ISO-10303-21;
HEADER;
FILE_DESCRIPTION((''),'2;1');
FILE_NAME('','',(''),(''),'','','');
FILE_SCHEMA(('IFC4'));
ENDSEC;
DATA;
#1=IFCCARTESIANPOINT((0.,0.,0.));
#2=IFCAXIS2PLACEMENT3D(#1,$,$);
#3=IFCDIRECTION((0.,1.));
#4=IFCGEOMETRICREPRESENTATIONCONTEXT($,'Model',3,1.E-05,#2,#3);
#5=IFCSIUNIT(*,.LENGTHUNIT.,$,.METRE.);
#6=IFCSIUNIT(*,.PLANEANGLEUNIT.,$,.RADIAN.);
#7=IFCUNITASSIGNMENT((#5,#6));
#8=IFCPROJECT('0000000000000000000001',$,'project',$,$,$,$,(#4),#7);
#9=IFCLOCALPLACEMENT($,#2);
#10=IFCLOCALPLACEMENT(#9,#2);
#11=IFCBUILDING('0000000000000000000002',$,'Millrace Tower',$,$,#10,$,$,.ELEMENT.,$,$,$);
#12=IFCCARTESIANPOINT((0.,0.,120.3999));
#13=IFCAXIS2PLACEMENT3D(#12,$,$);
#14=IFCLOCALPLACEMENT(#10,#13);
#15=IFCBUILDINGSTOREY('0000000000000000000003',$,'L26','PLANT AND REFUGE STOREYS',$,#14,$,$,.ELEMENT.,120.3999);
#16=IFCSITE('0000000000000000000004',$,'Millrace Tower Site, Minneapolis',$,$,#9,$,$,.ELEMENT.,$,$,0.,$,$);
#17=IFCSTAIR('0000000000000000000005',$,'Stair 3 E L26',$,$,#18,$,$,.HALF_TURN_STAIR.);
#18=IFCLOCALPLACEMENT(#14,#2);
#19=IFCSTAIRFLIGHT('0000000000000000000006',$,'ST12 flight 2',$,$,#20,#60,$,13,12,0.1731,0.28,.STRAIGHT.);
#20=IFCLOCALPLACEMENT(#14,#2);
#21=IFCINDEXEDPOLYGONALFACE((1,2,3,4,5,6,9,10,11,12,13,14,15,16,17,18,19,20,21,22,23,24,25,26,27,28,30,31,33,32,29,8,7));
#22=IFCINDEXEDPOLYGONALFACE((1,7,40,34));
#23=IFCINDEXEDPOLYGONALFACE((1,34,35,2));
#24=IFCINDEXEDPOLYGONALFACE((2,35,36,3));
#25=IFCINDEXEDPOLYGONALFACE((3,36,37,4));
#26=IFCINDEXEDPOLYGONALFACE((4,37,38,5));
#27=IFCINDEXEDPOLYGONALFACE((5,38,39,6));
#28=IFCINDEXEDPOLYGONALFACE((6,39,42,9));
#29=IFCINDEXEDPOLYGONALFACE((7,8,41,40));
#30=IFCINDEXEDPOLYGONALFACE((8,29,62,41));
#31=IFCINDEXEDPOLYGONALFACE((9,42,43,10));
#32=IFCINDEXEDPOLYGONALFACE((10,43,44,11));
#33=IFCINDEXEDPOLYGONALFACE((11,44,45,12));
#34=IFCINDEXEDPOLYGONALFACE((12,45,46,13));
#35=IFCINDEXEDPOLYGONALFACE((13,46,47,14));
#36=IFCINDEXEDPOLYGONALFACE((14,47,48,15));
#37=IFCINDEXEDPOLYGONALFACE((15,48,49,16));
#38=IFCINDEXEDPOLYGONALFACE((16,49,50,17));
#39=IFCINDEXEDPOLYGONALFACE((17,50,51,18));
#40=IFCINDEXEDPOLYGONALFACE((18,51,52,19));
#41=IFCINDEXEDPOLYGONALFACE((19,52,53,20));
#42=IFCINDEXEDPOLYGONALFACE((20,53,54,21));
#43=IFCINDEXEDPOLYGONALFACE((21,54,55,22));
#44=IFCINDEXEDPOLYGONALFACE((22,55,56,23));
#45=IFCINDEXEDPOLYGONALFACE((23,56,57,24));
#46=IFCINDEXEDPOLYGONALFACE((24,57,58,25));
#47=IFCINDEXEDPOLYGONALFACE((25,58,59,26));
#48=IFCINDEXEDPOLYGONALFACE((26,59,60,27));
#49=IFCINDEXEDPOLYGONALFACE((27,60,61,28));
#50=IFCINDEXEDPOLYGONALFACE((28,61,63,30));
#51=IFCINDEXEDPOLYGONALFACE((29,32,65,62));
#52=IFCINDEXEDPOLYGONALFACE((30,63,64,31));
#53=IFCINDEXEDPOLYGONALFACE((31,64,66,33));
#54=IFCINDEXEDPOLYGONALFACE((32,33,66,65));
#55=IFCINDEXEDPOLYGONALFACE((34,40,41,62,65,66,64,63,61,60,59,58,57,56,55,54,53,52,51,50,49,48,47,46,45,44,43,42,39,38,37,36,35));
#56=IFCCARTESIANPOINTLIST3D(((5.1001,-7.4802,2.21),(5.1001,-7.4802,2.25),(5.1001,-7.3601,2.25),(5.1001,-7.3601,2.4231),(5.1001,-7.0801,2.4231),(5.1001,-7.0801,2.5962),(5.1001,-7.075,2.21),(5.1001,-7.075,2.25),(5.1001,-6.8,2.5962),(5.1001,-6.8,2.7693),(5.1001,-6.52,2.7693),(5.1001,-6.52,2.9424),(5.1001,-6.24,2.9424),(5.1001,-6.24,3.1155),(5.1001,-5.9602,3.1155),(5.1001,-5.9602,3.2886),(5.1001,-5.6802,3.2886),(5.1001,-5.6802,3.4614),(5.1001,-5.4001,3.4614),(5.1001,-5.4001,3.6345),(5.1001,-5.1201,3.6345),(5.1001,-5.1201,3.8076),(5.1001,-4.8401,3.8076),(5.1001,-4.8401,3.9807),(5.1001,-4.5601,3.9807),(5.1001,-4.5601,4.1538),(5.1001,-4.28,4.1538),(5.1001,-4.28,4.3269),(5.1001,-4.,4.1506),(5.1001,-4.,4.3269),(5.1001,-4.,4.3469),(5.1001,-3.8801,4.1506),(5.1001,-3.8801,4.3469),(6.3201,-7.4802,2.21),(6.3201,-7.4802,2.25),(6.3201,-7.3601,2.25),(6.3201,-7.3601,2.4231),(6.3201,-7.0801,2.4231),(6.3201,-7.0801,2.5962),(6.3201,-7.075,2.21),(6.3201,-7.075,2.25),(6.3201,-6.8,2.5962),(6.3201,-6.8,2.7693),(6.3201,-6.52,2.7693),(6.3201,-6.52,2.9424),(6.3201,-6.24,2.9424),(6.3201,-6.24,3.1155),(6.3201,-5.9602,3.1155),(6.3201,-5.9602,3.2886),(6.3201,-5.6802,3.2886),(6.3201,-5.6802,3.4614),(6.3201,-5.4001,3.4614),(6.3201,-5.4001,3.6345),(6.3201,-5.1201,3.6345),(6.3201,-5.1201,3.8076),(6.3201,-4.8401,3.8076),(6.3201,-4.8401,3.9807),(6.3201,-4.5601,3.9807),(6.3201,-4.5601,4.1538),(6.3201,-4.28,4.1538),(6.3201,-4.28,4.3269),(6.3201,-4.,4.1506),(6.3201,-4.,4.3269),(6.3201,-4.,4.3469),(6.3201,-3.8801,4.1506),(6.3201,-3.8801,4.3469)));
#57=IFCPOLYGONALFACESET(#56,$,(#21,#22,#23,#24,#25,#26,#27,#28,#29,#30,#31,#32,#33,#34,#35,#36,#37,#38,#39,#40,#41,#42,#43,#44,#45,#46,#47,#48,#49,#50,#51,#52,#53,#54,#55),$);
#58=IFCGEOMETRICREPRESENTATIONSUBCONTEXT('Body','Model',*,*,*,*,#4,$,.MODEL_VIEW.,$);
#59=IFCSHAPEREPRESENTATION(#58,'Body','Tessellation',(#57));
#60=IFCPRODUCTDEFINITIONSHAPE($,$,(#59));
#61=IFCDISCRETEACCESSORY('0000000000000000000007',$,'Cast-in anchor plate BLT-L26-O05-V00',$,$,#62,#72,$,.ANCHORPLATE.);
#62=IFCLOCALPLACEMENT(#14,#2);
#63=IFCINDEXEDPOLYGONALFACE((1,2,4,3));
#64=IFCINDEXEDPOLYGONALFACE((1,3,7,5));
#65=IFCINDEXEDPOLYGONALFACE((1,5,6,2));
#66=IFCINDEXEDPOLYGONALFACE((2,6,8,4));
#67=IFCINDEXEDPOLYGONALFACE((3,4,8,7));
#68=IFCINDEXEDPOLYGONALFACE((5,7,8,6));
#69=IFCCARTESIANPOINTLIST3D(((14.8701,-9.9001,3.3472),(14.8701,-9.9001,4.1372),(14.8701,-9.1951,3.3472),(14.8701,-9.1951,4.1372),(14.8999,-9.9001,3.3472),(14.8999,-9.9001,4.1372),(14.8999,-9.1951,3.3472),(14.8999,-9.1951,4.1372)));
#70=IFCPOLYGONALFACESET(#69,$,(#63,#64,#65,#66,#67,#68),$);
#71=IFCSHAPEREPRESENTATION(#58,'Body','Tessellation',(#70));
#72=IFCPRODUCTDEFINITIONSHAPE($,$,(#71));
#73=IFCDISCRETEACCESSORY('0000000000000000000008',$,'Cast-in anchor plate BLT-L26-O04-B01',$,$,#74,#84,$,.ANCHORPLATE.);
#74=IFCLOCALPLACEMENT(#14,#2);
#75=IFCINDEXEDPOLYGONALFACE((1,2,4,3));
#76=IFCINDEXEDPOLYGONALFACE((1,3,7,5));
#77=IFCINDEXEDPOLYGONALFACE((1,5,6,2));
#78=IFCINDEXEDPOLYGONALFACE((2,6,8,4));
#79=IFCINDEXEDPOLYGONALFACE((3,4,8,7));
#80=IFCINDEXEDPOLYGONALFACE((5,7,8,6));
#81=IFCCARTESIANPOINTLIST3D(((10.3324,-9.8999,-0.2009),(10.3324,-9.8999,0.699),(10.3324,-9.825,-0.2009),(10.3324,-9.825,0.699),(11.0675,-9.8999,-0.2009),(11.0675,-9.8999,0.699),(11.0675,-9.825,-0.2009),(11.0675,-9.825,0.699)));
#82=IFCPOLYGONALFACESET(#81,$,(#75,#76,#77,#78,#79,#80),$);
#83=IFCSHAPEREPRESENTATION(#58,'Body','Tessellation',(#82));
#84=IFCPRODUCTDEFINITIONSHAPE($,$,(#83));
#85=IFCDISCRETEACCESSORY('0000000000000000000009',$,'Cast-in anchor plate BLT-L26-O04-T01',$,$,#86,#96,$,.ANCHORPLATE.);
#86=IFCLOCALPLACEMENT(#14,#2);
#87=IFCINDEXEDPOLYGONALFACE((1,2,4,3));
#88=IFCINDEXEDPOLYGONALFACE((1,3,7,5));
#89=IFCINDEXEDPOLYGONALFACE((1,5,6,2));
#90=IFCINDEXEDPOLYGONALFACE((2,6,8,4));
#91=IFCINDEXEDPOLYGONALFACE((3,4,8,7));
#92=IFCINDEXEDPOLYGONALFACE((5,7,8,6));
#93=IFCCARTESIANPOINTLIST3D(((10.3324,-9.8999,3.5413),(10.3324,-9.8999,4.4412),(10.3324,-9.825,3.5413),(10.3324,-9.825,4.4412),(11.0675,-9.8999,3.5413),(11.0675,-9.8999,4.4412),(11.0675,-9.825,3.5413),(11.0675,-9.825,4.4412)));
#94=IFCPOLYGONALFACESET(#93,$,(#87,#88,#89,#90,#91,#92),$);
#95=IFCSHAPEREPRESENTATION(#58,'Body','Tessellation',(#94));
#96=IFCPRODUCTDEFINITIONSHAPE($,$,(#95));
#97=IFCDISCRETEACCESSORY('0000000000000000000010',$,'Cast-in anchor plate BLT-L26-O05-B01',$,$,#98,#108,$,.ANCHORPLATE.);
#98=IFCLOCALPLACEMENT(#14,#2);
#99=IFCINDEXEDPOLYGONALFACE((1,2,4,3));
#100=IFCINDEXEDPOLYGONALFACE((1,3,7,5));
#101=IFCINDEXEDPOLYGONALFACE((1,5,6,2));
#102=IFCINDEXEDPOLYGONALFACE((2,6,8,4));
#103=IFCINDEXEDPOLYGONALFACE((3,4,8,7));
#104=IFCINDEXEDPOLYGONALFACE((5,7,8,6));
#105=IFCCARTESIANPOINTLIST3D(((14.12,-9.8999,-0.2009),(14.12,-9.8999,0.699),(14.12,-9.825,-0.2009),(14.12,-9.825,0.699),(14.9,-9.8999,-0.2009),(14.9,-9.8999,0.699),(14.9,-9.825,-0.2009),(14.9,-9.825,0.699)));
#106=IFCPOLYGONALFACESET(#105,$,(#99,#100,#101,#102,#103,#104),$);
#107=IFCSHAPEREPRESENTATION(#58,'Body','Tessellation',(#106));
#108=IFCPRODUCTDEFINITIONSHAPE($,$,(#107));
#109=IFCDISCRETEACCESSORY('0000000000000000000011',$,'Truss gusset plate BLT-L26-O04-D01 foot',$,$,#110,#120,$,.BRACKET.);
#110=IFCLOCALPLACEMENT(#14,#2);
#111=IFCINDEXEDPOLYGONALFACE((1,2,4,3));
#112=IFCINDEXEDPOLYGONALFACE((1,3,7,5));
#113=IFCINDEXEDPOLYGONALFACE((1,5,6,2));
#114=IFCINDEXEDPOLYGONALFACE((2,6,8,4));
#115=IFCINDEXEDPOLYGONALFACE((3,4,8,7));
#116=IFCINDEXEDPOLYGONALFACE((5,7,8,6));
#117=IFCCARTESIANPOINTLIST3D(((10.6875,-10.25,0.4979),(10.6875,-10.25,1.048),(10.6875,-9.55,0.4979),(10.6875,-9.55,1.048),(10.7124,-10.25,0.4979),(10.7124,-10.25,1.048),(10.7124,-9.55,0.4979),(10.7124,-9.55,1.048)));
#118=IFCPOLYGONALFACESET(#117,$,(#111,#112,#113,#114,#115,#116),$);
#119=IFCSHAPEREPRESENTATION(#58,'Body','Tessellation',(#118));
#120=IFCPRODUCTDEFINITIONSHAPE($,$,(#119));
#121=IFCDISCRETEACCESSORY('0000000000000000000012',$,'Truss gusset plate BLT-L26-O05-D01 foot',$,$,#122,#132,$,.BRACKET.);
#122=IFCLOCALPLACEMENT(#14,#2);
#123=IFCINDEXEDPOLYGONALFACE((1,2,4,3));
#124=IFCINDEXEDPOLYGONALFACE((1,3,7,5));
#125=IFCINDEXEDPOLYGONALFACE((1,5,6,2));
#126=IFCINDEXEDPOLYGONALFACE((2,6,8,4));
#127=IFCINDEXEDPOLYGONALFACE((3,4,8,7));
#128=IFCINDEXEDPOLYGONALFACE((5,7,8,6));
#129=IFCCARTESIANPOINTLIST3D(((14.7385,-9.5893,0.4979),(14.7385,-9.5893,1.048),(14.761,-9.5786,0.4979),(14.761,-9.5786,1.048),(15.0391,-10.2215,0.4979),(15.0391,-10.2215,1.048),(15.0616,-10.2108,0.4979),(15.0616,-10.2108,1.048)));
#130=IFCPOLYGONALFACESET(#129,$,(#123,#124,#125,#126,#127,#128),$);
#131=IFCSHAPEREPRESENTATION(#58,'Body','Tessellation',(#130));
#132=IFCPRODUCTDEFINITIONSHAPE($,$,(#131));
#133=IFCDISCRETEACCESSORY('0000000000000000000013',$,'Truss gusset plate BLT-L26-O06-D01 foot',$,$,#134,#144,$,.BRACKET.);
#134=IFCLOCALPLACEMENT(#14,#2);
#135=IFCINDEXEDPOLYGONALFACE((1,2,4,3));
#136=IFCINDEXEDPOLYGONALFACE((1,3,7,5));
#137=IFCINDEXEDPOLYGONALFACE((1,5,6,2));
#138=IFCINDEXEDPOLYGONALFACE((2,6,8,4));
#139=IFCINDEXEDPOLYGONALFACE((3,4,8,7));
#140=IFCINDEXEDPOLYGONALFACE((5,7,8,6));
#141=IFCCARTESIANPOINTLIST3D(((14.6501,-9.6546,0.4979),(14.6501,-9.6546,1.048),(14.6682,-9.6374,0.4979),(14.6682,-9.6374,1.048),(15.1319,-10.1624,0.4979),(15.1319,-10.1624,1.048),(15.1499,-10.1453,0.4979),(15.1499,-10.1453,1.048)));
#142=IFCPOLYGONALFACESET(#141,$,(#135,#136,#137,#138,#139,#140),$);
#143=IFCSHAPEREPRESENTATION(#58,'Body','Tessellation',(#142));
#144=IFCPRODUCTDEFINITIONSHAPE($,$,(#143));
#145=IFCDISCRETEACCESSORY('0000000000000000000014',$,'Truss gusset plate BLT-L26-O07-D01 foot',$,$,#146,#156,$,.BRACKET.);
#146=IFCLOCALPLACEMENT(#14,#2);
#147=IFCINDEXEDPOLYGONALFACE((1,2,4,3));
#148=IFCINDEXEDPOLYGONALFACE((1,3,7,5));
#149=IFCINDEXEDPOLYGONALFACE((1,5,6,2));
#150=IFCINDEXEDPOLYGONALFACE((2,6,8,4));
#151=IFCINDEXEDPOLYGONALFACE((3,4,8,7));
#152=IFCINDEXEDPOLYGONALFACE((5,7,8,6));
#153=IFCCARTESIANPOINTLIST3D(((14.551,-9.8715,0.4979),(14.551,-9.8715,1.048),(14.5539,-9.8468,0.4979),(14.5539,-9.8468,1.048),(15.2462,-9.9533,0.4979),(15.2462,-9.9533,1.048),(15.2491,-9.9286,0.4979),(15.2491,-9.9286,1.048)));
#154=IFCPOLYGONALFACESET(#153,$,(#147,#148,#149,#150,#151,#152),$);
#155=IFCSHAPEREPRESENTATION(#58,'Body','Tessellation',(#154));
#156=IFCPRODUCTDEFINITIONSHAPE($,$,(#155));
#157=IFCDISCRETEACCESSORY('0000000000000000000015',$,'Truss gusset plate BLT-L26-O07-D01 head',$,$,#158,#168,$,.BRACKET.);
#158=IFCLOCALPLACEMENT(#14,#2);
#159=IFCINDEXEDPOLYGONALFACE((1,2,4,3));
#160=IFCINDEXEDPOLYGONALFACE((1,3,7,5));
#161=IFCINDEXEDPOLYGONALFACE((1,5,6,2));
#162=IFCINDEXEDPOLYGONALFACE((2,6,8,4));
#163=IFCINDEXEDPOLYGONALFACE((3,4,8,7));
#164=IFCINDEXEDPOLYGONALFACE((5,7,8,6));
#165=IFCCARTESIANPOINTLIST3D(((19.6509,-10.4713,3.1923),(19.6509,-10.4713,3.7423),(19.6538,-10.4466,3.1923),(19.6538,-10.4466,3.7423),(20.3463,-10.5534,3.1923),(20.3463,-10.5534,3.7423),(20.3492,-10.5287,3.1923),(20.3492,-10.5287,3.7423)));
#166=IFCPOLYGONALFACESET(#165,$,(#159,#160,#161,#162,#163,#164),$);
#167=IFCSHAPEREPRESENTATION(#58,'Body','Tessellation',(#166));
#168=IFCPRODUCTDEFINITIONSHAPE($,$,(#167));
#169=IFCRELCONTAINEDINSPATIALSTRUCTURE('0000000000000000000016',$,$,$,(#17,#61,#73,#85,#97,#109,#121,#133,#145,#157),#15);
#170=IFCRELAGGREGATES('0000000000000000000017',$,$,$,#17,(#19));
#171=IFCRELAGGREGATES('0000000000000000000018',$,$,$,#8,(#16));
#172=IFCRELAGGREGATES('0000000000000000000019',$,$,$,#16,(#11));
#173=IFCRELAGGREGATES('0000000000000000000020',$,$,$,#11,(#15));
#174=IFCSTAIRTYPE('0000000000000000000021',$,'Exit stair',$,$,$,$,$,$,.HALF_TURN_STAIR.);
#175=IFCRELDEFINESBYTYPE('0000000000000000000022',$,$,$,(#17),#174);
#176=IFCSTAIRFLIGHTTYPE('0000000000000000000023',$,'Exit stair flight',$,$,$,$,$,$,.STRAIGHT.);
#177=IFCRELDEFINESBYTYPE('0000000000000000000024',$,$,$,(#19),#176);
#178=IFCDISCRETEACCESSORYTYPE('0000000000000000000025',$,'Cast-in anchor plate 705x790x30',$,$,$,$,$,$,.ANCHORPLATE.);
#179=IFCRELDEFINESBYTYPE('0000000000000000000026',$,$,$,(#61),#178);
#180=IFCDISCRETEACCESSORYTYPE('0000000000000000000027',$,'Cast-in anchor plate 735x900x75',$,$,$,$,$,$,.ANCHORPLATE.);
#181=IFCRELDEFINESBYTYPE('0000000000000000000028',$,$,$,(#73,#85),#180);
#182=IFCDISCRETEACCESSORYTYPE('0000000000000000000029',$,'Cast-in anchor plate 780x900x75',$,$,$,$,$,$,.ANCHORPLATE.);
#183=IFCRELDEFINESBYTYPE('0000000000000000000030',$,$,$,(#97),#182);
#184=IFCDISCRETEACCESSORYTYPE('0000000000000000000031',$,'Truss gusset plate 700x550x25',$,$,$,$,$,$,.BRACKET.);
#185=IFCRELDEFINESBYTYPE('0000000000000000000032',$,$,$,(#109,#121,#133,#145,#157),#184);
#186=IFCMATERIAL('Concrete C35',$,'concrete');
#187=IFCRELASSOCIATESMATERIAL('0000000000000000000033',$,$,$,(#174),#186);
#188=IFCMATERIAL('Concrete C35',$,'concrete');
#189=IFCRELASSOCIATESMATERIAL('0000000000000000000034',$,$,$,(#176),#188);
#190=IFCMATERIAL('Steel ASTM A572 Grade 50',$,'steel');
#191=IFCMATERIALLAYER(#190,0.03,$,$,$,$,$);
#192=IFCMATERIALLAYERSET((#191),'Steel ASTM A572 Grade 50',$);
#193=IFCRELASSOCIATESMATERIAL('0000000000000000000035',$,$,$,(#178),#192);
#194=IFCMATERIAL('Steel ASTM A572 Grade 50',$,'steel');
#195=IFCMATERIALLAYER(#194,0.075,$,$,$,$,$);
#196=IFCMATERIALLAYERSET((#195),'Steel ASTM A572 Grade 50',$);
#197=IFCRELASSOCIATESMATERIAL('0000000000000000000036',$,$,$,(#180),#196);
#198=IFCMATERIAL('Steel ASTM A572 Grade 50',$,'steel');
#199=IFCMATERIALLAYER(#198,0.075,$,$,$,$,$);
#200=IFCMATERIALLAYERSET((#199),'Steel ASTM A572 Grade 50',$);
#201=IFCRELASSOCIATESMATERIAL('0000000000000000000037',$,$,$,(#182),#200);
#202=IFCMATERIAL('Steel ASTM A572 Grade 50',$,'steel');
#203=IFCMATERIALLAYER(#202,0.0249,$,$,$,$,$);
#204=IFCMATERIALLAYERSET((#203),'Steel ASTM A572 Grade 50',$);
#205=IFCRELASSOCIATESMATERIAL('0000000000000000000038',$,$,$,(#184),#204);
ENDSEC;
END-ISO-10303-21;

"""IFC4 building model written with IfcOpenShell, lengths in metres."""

from ifc_helpers import new_model, si_unit, direction, frame, origin, origin_2d, place, context, subcontext, project, spatial, polyline, rectangle, outline, extrude, material, layer, layer_set, type_object, element, aggregate, save


model = new_model("IFC4")

# Units and contexts
model_context = context("Model", 3, precision=1e-05, world=origin(), true_north=direction((0.0, 1.0)))
body_context = subcontext(model_context, "Body", "Model", "MODEL_VIEW")
ifc_project = project(units=[si_unit("LENGTHUNIT", "METRE"), si_unit("PLANEANGLEUNIT", "RADIAN")], contexts=[model_context])

# Site, building, storey
site_placement = place(None, origin())
site = spatial("IfcSite", under=ifc_project, at=site_placement, Name="Millrace Tower Site, Minneapolis", CompositionType="ELEMENT", RefElevation=0.0)
building_placement = place(site_placement, origin())
building = spatial("IfcBuilding", under=site, at=building_placement, Name="Millrace Tower", CompositionType="ELEMENT")
storey_placement = place(building_placement, frame((0.0, 0.0, 120.3999)))
storey = spatial("IfcBuildingStorey", under=building, at=storey_placement, Name="L26", Description="PLANT AND REFUGE STOREYS", CompositionType="ELEMENT", Elevation=120.3999)

# Shared definitions
ifc_material_1 = material(Name="Concrete C35", Category="concrete")
stair_type = type_object("IfcStairType", Name="Exit stair", PredefinedType="HALF_TURN_STAIR", material=ifc_material_1)
placement = place(storey_placement, origin())
ifc_material_2 = material(Name="Concrete C35", Category="concrete")
stair_flight_type = type_object("IfcStairFlightType", Name="Exit stair flight", PredefinedType="STRAIGHT", material=ifc_material_2)

# Stair, stair flight
stair_1 = element("IfcStair", 1, at=placement, inside=storey, type_object=stair_type, Name="Stair 3 E L26", PredefinedType="HALF_TURN_STAIR")
stair_flight_1_placement = place(storey_placement, frame((5.71, -7.3601, 2.25), z_axis=(0.0, 0.0, 1.0), x_axis=(0.0, 1.0, 0.0)))
stair_flight_1 = element("IfcStairFlight", 2, at=stair_flight_1_placement, type_object=stair_flight_type, Name="ST12 flight 2", NumberOfRisers=13, NumberOfTreads=12, PredefinedType="STRAIGHT", RiserHeight=0.1731, TreadLength=0.28, context=body_context, shape_type="SweptSolid", body=[
    extrude(outline(polyline([(-0.1201, -0.04), (-0.1201, 0.0), (0.0, 0.0), (0.0, 0.1731), (0.28, 0.1731), (0.28, 0.3462), (0.5601, 0.3462), (0.5601, 0.5193), (0.8401, 0.5193), (0.8401, 0.6924), (1.1201, 0.6924), (1.1201, 0.8655), (1.3999, 0.8655), (1.3999, 1.0386), (1.6799, 1.0386), (1.6799, 1.2114), (1.96, 1.2114), (1.96, 1.3845), (2.24, 1.3845), (2.24, 1.5576), (2.52, 1.5576), (2.52, 1.7307), (2.8, 1.7307), (2.8, 1.9038), (3.0801, 1.9038), (3.0801, 2.0769), (3.3601, 2.0769), (3.3601, 2.0969), (3.48, 2.0969), (3.48, 1.9006), (3.3601, 1.9006), (0.2852, 0.0), (0.2852, -0.04), (-0.1201, -0.04)])), frame((0.0, 0.6099, 0.0), z_axis=(0.0, -1.0, 0.0), x_axis=(1.0, 0.0, 0.0)), (0.0, 0.0, 1.0), 1.22),
])
aggregate(stair_1, [stair_flight_1])

# Discrete accessories
ifc_material_3 = material(Name="Steel ASTM A572 Grade 50", Category="steel")
ifc_layer_1 = layer(ifc_material_3, 0.03)
ifc_layer_set_1 = layer_set([ifc_layer_1], Name="Steel ASTM A572 Grade 50")
discrete_accessory_type_1 = type_object("IfcDiscreteAccessoryType", Name="Cast-in anchor plate 705x790x30", PredefinedType="ANCHORPLATE", material=ifc_layer_set_1)
discrete_accessory_1_placement = place(storey_placement, frame((14.8701, -9.5476, 3.7422), z_axis=(1.0, 0.0, 0.0), x_axis=(0.0, 1.0, 0.0)))
element("IfcDiscreteAccessory", 3, at=discrete_accessory_1_placement, inside=storey, type_object=discrete_accessory_type_1, Name="Cast-in anchor plate BLT-L26-O05-V00", PredefinedType="ANCHORPLATE", context=body_context, shape_type="SweptSolid", body=[
    extrude(rectangle(XDim=0.7051, YDim=0.79, at=origin_2d()), origin(), (0.0, 0.0, 1.0), 0.0298),
])
ifc_material_4 = material(Name="Steel ASTM A572 Grade 50", Category="steel")
ifc_layer_2 = layer(ifc_material_4, 0.075)
ifc_layer_set_2 = layer_set([ifc_layer_2], Name="Steel ASTM A572 Grade 50")
discrete_accessory_type_2 = type_object("IfcDiscreteAccessoryType", Name="Cast-in anchor plate 735x900x75", PredefinedType="ANCHORPLATE", material=ifc_layer_set_2)
for number, where, z_axis, x_axis, name in (
    (4, (10.7, -9.825, 0.249), (0.0, -1.0, 0.0), (1.0, 0.0, 0.0), "Cast-in anchor plate BLT-L26-O04-B01"),
    (5, (10.7, -9.825, 3.9912), (0.0, -1.0, 0.0), (1.0, 0.0, 0.0), "Cast-in anchor plate BLT-L26-O04-T01"),
):
    element("IfcDiscreteAccessory", number, at=place(storey_placement, frame(where, z_axis=z_axis, x_axis=x_axis)), inside=storey, type_object=discrete_accessory_type_2, Name=name, PredefinedType="ANCHORPLATE", context=body_context, shape_type="SweptSolid", body=[
        extrude(rectangle(XDim=0.7351, YDim=0.8999, at=origin_2d()), origin(), (0.0, 0.0, 1.0), 0.075),
    ])
ifc_material_5 = material(Name="Steel ASTM A572 Grade 50", Category="steel")
ifc_layer_3 = layer(ifc_material_5, 0.075)
ifc_layer_set_3 = layer_set([ifc_layer_3], Name="Steel ASTM A572 Grade 50")
discrete_accessory_type_3 = type_object("IfcDiscreteAccessoryType", Name="Cast-in anchor plate 780x900x75", PredefinedType="ANCHORPLATE", material=ifc_layer_set_3)
discrete_accessory_2_placement = place(storey_placement, frame((14.51, -9.825, 0.249), z_axis=(0.0, -1.0, 0.0), x_axis=(1.0, 0.0, 0.0)))
element("IfcDiscreteAccessory", 6, at=discrete_accessory_2_placement, inside=storey, type_object=discrete_accessory_type_3, Name="Cast-in anchor plate BLT-L26-O05-B01", PredefinedType="ANCHORPLATE", context=body_context, shape_type="SweptSolid", body=[
    extrude(rectangle(XDim=0.78, YDim=0.8999, at=origin_2d()), origin(), (0.0, 0.0, 1.0), 0.075),
])
ifc_material_6 = material(Name="Steel ASTM A572 Grade 50", Category="steel")
ifc_layer_4 = layer(ifc_material_6, 0.0249)
ifc_layer_set_4 = layer_set([ifc_layer_4], Name="Steel ASTM A572 Grade 50")
discrete_accessory_type_4 = type_object("IfcDiscreteAccessoryType", Name="Truss gusset plate 700x550x25", PredefinedType="BRACKET", material=ifc_layer_set_4)
for number, where, z_axis, x_axis, name in (
    (7, (10.7, -10.25, 0.7729), (0.0, 1.0, 0.0), (-1.0, 0.0, 0.0), "Truss gusset plate BLT-L26-O04-D01 foot"),
    (8, (14.7498, -9.584, 0.7729), (0.429405, -0.903112, 0.0), (0.903112, 0.429405, 0.0), "Truss gusset plate BLT-L26-O05-D01 foot"),
    (9, (14.6592, -9.646, 0.7729), (0.688199, -0.725522, 0.0), (0.725522, 0.688199, 0.0), "Truss gusset plate BLT-L26-O06-D01 foot"),
    (10, (14.5525, -9.8591, 0.7729), (0.993148, -0.116861, 0.0), (0.116861, 0.993148, 0.0), "Truss gusset plate BLT-L26-O07-D01 foot"),
):
    element("IfcDiscreteAccessory", number, at=place(storey_placement, frame(where, z_axis=z_axis, x_axis=x_axis)), inside=storey, type_object=discrete_accessory_type_4, Name=name, PredefinedType="BRACKET", context=body_context, shape_type="SweptSolid", body=[
        extrude(rectangle(XDim=0.0249, YDim=0.55, at=origin_2d()), origin(), (0.0, 0.0, 1.0), 0.7),
    ])
discrete_accessory_3_placement = place(storey_placement, frame((19.6523, -10.459, 3.4673), z_axis=(0.993112, -0.117165, 0.0), x_axis=(0.117165, 0.993112, 0.0)))
element("IfcDiscreteAccessory", 11, at=discrete_accessory_3_placement, inside=storey, type_object=discrete_accessory_type_4, Name="Truss gusset plate BLT-L26-O07-D01 head", PredefinedType="BRACKET", context=body_context, shape_type="SweptSolid", body=[
    extrude(rectangle(XDim=0.0249, YDim=0.55, at=origin_2d()), origin(), (0.0, 0.0, 1.0), 0.7002),
])

save(model, "model.ifc")
